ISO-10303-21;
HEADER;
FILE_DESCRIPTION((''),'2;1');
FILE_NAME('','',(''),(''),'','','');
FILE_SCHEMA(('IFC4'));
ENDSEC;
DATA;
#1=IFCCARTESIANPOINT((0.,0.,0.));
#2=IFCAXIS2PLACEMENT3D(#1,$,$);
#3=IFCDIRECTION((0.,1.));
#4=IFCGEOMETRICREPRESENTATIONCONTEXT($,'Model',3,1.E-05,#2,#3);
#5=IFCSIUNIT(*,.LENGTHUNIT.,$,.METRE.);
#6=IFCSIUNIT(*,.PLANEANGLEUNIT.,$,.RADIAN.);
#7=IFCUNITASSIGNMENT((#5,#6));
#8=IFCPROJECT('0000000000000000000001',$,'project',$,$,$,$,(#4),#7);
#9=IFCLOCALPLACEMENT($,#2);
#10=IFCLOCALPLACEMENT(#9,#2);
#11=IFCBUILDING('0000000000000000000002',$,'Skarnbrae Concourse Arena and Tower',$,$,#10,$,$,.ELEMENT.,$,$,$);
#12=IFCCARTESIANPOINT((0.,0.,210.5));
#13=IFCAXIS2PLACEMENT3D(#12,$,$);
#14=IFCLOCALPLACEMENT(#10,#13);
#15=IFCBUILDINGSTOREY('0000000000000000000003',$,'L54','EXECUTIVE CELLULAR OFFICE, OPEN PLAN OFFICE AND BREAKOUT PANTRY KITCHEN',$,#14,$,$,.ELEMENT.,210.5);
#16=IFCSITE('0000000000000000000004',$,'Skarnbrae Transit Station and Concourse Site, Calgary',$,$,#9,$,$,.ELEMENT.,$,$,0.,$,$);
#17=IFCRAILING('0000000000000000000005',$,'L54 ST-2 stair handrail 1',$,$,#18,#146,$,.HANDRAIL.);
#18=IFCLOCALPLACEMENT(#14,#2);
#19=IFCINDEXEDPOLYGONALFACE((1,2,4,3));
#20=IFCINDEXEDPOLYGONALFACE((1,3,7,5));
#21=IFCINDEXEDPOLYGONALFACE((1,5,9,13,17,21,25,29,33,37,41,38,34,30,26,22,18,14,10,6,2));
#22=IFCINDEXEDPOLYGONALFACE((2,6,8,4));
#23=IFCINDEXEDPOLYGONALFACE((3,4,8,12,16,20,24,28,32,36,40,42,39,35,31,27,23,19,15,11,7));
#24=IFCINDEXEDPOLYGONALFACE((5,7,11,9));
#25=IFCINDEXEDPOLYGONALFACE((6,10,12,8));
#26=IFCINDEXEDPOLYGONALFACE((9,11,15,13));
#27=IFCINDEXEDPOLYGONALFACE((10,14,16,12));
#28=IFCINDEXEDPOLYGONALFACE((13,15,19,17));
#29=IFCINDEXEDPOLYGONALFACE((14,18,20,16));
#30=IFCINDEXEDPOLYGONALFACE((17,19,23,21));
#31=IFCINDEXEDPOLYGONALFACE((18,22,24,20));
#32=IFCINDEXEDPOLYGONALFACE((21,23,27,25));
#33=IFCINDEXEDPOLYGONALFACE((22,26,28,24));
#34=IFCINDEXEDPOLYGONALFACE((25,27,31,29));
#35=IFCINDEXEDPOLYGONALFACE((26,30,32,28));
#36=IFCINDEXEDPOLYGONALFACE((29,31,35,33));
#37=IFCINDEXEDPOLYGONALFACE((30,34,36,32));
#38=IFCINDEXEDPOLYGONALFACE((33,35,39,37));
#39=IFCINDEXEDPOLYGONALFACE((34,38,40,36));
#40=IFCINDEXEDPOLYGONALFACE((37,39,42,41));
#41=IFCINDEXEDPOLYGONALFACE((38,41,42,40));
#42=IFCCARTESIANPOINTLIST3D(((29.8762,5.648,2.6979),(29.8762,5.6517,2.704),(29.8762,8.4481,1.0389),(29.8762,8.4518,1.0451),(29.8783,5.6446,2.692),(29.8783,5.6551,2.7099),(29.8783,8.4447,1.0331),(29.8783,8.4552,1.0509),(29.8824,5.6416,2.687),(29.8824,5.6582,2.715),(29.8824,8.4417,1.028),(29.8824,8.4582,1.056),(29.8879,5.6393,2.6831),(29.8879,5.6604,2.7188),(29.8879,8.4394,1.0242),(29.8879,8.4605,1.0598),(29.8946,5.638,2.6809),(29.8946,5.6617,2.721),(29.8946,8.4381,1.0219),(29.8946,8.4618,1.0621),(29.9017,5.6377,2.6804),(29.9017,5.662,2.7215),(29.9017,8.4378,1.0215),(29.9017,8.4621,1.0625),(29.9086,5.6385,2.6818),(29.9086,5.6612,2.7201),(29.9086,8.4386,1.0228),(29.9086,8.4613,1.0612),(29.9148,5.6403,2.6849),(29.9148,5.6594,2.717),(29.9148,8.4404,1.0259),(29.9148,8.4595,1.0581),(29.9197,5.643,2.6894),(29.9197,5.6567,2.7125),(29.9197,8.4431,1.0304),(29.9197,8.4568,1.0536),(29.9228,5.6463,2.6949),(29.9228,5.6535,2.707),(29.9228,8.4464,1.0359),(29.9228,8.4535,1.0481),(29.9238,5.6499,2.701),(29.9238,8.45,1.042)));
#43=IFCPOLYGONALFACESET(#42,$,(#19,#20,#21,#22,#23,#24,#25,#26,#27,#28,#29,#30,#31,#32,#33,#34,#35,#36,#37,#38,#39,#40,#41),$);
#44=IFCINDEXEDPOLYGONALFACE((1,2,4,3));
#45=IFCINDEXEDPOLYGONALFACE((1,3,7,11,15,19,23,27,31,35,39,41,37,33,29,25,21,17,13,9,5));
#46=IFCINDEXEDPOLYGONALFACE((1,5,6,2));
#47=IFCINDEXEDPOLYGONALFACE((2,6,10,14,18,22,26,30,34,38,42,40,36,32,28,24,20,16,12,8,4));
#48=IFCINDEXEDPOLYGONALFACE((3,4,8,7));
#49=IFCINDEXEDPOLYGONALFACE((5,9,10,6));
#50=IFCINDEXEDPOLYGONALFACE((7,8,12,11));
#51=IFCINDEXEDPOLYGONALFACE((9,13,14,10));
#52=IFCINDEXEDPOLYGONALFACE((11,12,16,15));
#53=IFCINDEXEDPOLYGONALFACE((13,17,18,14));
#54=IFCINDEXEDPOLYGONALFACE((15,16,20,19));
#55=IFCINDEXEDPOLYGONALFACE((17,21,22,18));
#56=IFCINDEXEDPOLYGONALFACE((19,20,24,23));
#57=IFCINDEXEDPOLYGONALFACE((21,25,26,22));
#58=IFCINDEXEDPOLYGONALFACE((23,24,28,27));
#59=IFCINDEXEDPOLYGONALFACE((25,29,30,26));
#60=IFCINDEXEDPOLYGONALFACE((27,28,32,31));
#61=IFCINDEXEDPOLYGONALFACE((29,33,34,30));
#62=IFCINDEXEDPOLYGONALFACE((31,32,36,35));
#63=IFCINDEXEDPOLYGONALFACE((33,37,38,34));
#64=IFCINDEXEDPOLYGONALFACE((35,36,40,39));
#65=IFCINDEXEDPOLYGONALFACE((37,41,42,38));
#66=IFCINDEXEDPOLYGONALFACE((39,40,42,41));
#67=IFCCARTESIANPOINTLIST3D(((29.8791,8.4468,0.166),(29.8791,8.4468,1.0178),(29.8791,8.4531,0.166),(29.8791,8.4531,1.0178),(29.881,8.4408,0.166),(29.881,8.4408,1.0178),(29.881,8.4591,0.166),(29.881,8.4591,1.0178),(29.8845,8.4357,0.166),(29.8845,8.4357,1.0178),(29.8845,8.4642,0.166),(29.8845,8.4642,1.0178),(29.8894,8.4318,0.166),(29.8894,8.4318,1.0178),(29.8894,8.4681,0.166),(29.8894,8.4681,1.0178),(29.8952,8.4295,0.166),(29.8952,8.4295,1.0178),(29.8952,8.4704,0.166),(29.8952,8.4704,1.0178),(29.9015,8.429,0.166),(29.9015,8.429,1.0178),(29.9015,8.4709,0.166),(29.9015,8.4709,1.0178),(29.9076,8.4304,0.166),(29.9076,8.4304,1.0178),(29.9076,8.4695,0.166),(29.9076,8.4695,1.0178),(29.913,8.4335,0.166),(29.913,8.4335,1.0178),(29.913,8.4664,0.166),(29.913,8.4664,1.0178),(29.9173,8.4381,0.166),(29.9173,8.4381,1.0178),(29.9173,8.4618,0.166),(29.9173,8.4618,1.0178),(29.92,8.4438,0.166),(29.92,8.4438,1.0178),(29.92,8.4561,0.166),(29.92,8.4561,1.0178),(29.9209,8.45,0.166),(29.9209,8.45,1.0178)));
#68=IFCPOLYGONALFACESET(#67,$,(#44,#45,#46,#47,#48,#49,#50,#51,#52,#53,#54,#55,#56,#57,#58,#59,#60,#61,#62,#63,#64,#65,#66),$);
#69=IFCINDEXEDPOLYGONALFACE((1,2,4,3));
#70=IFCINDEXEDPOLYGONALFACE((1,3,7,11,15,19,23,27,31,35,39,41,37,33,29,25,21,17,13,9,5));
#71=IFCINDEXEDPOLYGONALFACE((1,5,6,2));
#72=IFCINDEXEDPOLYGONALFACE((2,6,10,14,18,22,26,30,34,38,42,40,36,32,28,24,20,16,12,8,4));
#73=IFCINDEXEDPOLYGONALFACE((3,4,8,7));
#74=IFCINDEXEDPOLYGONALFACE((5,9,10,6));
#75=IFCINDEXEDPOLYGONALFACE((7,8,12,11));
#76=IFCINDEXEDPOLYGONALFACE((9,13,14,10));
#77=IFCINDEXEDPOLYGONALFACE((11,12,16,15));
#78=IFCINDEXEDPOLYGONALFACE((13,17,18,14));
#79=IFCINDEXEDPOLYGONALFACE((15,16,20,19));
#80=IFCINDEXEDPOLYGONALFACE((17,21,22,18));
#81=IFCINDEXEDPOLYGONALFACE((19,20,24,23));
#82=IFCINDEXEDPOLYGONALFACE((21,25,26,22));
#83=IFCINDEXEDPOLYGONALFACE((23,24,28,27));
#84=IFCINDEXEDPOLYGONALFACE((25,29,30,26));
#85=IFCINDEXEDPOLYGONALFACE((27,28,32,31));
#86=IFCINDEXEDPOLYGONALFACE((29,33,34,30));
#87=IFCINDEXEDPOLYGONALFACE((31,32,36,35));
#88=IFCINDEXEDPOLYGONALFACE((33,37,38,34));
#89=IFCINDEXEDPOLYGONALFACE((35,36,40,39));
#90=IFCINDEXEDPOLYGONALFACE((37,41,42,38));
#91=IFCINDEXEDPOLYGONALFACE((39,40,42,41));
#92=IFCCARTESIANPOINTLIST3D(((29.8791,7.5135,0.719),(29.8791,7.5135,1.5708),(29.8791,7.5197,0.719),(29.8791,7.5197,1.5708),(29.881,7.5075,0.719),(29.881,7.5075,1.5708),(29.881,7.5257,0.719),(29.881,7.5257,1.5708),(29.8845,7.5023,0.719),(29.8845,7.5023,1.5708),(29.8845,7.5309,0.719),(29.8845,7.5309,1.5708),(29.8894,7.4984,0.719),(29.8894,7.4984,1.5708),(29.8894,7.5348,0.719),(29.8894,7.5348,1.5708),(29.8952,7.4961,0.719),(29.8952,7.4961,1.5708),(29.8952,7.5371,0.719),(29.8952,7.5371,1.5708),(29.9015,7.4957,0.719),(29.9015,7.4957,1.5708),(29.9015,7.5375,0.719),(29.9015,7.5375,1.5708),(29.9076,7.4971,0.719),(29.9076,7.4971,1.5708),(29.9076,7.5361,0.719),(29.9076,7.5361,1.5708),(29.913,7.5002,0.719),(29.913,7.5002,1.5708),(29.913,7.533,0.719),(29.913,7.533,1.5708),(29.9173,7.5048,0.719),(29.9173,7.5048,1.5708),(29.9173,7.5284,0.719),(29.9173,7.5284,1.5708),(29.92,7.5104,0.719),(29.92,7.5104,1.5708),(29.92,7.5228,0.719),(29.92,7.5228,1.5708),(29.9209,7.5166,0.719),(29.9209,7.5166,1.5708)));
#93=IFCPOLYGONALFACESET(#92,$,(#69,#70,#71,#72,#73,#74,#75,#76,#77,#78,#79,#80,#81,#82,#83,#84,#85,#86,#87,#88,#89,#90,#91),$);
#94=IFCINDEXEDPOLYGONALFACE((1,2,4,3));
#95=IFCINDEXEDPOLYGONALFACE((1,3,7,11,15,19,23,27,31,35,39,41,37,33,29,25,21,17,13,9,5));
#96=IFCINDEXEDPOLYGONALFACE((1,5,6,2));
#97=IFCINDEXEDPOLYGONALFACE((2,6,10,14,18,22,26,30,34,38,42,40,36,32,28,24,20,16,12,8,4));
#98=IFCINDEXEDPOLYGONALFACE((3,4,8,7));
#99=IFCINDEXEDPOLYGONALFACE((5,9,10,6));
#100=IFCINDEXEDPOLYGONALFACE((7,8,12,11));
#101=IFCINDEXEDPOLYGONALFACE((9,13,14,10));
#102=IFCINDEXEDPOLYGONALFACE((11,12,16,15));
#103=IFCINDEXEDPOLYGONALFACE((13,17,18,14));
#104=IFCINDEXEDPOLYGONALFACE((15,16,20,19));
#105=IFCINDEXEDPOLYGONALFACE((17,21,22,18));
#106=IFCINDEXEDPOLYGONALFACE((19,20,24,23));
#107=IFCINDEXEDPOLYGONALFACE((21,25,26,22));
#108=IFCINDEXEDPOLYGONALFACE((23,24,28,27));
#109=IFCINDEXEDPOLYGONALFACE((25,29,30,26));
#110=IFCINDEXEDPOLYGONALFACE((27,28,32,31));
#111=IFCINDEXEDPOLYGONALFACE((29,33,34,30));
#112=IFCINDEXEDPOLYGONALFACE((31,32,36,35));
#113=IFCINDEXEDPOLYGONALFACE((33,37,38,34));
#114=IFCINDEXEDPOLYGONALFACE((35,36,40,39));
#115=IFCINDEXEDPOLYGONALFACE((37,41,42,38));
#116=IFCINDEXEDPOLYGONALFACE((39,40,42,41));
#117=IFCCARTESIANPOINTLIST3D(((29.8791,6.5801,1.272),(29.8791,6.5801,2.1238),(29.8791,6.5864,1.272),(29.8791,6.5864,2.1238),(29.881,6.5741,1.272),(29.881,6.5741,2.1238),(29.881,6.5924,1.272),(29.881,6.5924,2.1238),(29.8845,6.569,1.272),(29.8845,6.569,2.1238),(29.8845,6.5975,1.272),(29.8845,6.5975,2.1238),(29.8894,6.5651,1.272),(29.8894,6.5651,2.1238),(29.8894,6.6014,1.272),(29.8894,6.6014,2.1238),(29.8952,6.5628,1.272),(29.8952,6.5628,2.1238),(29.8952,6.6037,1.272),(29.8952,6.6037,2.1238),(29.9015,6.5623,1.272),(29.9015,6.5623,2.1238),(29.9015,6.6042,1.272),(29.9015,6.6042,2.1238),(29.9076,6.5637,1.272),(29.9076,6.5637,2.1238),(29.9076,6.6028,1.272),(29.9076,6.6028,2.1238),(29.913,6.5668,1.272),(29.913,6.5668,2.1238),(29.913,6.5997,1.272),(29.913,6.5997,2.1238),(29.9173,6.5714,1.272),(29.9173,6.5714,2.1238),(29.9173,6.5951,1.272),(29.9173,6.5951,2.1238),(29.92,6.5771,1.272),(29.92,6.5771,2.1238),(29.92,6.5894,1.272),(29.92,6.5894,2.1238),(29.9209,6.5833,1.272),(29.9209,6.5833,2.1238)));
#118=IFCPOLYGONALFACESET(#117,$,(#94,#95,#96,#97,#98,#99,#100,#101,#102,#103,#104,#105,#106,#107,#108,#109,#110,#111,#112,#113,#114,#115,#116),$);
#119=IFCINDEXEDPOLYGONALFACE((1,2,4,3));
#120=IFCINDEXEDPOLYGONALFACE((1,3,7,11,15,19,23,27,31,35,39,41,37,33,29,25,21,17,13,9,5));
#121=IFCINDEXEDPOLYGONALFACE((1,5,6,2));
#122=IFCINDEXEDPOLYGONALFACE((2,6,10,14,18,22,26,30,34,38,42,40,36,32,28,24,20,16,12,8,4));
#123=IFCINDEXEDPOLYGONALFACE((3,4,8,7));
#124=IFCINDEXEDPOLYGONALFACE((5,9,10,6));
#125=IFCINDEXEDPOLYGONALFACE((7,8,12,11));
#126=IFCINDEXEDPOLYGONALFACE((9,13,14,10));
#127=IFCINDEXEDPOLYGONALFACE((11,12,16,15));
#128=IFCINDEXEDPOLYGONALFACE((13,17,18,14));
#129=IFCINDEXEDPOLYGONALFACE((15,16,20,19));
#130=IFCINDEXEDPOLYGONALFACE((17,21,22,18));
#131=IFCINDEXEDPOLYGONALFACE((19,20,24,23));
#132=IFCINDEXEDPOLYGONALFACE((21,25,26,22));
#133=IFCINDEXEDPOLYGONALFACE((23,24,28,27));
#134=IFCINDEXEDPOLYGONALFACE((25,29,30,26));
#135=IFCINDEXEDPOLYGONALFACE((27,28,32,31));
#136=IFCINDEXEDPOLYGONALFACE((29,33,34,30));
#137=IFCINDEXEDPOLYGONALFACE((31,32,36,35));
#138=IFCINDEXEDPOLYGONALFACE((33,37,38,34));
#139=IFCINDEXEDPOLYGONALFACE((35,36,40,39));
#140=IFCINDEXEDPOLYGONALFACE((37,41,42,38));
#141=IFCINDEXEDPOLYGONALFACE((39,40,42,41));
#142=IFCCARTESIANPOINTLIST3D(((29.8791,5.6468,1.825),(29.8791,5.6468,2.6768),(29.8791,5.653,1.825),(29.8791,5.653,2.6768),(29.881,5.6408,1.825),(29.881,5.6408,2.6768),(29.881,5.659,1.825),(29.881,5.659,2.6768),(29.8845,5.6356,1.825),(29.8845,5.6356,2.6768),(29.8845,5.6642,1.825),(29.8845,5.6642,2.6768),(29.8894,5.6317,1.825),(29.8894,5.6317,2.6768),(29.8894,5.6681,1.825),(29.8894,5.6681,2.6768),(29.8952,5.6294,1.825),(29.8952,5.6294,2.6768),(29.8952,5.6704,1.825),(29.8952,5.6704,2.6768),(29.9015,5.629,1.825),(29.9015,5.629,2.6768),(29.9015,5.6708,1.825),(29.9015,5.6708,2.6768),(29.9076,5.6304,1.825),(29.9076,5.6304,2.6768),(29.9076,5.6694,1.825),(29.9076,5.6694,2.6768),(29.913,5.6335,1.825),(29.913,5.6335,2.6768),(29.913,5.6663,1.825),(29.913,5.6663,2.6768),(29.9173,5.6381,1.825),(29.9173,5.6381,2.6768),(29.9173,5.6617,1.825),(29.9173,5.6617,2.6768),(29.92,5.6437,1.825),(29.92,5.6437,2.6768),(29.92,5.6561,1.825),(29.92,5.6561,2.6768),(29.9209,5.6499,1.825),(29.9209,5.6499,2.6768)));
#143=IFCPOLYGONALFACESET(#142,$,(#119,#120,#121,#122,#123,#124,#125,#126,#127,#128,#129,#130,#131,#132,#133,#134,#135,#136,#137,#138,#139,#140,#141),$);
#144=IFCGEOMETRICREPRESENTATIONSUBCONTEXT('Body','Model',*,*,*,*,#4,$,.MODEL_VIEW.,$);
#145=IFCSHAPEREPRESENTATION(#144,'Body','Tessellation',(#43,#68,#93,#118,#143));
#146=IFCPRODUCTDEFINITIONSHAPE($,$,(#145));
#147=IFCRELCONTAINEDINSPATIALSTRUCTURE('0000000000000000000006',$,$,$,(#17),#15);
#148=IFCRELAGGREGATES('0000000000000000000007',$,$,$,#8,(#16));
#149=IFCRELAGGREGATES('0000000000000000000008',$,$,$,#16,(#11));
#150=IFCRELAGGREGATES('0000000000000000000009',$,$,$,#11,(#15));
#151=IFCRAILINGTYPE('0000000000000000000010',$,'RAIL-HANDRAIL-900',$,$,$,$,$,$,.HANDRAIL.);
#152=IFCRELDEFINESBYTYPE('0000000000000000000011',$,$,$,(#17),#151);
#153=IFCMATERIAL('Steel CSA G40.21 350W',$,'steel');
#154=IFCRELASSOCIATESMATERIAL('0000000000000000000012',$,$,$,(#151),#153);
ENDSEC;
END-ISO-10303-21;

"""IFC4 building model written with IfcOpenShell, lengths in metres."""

from ifc_helpers import new_model, si_unit, direction, frame, origin, origin_2d, place, context, subcontext, project, spatial, circle, extrude, material, type_object, element, save


model = new_model("IFC4")

# Units and contexts
model_context = context("Model", 3, precision=1e-05, world=origin(), true_north=direction((0.0, 1.0)))
body_context = subcontext(model_context, "Body", "Model", "MODEL_VIEW")
ifc_project = project(units=[si_unit("LENGTHUNIT", "METRE"), si_unit("PLANEANGLEUNIT", "RADIAN")], contexts=[model_context])

# Site, building, storey
site_placement = place(None, origin())
site = spatial("IfcSite", under=ifc_project, at=site_placement, Name="Skarnbrae Transit Station and Concourse Site, Calgary", CompositionType="ELEMENT", RefElevation=0.0)
building_placement = place(site_placement, origin())
building = spatial("IfcBuilding", under=site, at=building_placement, Name="Skarnbrae Concourse Arena and Tower", CompositionType="ELEMENT")
storey_placement = place(building_placement, frame((0.0, 0.0, 210.5)))
storey = spatial("IfcBuildingStorey", under=building, at=storey_placement, Name="L54", Description="EXECUTIVE CELLULAR OFFICE, OPEN PLAN OFFICE AND BREAKOUT PANTRY KITCHEN", CompositionType="ELEMENT", Elevation=210.5)

# Shared definitions
ifc_material_1 = material(Name="Steel CSA G40.21 350W", Category="steel")

# Railing
railing_type_1 = type_object("IfcRailingType", Name="RAIL-HANDRAIL-900", PredefinedType="HANDRAIL", material=ifc_material_1)
railing_1_placement = place(storey_placement, frame((29.8999, 8.45, 0.166)))
element("IfcRailing", 1, at=railing_1_placement, inside=storey, type_object=railing_type_1, Name="L54 ST-2 stair handrail 1", PredefinedType="HANDRAIL", context=body_context, shape_type="SweptSolid", body=[
    extrude(circle(Radius=0.0239, at=origin_2d()), frame((0.0, 0.0, 0.876), z_axis=(0.0, -0.860339, 0.509722), x_axis=(1.0, 0.0, 0.0)), (0.0, 0.0, 1.0), 3.2546),
    extrude(circle(Radius=0.021, at=origin_2d()), origin(), (0.0, 0.0, 1.0), 0.8518),
    extrude(circle(Radius=0.021, at=origin_2d()), frame((0.0, -0.9333, 0.553)), (0.0, 0.0, 1.0), 0.8518),
    extrude(circle(Radius=0.021, at=origin_2d()), frame((0.0, -1.8667, 1.106)), (0.0, 0.0, 1.0), 0.8518),
    extrude(circle(Radius=0.021, at=origin_2d()), frame((0.0, -2.8, 1.6589)), (0.0, 0.0, 1.0), 0.8518),
])

save(model, "model.ifc")
